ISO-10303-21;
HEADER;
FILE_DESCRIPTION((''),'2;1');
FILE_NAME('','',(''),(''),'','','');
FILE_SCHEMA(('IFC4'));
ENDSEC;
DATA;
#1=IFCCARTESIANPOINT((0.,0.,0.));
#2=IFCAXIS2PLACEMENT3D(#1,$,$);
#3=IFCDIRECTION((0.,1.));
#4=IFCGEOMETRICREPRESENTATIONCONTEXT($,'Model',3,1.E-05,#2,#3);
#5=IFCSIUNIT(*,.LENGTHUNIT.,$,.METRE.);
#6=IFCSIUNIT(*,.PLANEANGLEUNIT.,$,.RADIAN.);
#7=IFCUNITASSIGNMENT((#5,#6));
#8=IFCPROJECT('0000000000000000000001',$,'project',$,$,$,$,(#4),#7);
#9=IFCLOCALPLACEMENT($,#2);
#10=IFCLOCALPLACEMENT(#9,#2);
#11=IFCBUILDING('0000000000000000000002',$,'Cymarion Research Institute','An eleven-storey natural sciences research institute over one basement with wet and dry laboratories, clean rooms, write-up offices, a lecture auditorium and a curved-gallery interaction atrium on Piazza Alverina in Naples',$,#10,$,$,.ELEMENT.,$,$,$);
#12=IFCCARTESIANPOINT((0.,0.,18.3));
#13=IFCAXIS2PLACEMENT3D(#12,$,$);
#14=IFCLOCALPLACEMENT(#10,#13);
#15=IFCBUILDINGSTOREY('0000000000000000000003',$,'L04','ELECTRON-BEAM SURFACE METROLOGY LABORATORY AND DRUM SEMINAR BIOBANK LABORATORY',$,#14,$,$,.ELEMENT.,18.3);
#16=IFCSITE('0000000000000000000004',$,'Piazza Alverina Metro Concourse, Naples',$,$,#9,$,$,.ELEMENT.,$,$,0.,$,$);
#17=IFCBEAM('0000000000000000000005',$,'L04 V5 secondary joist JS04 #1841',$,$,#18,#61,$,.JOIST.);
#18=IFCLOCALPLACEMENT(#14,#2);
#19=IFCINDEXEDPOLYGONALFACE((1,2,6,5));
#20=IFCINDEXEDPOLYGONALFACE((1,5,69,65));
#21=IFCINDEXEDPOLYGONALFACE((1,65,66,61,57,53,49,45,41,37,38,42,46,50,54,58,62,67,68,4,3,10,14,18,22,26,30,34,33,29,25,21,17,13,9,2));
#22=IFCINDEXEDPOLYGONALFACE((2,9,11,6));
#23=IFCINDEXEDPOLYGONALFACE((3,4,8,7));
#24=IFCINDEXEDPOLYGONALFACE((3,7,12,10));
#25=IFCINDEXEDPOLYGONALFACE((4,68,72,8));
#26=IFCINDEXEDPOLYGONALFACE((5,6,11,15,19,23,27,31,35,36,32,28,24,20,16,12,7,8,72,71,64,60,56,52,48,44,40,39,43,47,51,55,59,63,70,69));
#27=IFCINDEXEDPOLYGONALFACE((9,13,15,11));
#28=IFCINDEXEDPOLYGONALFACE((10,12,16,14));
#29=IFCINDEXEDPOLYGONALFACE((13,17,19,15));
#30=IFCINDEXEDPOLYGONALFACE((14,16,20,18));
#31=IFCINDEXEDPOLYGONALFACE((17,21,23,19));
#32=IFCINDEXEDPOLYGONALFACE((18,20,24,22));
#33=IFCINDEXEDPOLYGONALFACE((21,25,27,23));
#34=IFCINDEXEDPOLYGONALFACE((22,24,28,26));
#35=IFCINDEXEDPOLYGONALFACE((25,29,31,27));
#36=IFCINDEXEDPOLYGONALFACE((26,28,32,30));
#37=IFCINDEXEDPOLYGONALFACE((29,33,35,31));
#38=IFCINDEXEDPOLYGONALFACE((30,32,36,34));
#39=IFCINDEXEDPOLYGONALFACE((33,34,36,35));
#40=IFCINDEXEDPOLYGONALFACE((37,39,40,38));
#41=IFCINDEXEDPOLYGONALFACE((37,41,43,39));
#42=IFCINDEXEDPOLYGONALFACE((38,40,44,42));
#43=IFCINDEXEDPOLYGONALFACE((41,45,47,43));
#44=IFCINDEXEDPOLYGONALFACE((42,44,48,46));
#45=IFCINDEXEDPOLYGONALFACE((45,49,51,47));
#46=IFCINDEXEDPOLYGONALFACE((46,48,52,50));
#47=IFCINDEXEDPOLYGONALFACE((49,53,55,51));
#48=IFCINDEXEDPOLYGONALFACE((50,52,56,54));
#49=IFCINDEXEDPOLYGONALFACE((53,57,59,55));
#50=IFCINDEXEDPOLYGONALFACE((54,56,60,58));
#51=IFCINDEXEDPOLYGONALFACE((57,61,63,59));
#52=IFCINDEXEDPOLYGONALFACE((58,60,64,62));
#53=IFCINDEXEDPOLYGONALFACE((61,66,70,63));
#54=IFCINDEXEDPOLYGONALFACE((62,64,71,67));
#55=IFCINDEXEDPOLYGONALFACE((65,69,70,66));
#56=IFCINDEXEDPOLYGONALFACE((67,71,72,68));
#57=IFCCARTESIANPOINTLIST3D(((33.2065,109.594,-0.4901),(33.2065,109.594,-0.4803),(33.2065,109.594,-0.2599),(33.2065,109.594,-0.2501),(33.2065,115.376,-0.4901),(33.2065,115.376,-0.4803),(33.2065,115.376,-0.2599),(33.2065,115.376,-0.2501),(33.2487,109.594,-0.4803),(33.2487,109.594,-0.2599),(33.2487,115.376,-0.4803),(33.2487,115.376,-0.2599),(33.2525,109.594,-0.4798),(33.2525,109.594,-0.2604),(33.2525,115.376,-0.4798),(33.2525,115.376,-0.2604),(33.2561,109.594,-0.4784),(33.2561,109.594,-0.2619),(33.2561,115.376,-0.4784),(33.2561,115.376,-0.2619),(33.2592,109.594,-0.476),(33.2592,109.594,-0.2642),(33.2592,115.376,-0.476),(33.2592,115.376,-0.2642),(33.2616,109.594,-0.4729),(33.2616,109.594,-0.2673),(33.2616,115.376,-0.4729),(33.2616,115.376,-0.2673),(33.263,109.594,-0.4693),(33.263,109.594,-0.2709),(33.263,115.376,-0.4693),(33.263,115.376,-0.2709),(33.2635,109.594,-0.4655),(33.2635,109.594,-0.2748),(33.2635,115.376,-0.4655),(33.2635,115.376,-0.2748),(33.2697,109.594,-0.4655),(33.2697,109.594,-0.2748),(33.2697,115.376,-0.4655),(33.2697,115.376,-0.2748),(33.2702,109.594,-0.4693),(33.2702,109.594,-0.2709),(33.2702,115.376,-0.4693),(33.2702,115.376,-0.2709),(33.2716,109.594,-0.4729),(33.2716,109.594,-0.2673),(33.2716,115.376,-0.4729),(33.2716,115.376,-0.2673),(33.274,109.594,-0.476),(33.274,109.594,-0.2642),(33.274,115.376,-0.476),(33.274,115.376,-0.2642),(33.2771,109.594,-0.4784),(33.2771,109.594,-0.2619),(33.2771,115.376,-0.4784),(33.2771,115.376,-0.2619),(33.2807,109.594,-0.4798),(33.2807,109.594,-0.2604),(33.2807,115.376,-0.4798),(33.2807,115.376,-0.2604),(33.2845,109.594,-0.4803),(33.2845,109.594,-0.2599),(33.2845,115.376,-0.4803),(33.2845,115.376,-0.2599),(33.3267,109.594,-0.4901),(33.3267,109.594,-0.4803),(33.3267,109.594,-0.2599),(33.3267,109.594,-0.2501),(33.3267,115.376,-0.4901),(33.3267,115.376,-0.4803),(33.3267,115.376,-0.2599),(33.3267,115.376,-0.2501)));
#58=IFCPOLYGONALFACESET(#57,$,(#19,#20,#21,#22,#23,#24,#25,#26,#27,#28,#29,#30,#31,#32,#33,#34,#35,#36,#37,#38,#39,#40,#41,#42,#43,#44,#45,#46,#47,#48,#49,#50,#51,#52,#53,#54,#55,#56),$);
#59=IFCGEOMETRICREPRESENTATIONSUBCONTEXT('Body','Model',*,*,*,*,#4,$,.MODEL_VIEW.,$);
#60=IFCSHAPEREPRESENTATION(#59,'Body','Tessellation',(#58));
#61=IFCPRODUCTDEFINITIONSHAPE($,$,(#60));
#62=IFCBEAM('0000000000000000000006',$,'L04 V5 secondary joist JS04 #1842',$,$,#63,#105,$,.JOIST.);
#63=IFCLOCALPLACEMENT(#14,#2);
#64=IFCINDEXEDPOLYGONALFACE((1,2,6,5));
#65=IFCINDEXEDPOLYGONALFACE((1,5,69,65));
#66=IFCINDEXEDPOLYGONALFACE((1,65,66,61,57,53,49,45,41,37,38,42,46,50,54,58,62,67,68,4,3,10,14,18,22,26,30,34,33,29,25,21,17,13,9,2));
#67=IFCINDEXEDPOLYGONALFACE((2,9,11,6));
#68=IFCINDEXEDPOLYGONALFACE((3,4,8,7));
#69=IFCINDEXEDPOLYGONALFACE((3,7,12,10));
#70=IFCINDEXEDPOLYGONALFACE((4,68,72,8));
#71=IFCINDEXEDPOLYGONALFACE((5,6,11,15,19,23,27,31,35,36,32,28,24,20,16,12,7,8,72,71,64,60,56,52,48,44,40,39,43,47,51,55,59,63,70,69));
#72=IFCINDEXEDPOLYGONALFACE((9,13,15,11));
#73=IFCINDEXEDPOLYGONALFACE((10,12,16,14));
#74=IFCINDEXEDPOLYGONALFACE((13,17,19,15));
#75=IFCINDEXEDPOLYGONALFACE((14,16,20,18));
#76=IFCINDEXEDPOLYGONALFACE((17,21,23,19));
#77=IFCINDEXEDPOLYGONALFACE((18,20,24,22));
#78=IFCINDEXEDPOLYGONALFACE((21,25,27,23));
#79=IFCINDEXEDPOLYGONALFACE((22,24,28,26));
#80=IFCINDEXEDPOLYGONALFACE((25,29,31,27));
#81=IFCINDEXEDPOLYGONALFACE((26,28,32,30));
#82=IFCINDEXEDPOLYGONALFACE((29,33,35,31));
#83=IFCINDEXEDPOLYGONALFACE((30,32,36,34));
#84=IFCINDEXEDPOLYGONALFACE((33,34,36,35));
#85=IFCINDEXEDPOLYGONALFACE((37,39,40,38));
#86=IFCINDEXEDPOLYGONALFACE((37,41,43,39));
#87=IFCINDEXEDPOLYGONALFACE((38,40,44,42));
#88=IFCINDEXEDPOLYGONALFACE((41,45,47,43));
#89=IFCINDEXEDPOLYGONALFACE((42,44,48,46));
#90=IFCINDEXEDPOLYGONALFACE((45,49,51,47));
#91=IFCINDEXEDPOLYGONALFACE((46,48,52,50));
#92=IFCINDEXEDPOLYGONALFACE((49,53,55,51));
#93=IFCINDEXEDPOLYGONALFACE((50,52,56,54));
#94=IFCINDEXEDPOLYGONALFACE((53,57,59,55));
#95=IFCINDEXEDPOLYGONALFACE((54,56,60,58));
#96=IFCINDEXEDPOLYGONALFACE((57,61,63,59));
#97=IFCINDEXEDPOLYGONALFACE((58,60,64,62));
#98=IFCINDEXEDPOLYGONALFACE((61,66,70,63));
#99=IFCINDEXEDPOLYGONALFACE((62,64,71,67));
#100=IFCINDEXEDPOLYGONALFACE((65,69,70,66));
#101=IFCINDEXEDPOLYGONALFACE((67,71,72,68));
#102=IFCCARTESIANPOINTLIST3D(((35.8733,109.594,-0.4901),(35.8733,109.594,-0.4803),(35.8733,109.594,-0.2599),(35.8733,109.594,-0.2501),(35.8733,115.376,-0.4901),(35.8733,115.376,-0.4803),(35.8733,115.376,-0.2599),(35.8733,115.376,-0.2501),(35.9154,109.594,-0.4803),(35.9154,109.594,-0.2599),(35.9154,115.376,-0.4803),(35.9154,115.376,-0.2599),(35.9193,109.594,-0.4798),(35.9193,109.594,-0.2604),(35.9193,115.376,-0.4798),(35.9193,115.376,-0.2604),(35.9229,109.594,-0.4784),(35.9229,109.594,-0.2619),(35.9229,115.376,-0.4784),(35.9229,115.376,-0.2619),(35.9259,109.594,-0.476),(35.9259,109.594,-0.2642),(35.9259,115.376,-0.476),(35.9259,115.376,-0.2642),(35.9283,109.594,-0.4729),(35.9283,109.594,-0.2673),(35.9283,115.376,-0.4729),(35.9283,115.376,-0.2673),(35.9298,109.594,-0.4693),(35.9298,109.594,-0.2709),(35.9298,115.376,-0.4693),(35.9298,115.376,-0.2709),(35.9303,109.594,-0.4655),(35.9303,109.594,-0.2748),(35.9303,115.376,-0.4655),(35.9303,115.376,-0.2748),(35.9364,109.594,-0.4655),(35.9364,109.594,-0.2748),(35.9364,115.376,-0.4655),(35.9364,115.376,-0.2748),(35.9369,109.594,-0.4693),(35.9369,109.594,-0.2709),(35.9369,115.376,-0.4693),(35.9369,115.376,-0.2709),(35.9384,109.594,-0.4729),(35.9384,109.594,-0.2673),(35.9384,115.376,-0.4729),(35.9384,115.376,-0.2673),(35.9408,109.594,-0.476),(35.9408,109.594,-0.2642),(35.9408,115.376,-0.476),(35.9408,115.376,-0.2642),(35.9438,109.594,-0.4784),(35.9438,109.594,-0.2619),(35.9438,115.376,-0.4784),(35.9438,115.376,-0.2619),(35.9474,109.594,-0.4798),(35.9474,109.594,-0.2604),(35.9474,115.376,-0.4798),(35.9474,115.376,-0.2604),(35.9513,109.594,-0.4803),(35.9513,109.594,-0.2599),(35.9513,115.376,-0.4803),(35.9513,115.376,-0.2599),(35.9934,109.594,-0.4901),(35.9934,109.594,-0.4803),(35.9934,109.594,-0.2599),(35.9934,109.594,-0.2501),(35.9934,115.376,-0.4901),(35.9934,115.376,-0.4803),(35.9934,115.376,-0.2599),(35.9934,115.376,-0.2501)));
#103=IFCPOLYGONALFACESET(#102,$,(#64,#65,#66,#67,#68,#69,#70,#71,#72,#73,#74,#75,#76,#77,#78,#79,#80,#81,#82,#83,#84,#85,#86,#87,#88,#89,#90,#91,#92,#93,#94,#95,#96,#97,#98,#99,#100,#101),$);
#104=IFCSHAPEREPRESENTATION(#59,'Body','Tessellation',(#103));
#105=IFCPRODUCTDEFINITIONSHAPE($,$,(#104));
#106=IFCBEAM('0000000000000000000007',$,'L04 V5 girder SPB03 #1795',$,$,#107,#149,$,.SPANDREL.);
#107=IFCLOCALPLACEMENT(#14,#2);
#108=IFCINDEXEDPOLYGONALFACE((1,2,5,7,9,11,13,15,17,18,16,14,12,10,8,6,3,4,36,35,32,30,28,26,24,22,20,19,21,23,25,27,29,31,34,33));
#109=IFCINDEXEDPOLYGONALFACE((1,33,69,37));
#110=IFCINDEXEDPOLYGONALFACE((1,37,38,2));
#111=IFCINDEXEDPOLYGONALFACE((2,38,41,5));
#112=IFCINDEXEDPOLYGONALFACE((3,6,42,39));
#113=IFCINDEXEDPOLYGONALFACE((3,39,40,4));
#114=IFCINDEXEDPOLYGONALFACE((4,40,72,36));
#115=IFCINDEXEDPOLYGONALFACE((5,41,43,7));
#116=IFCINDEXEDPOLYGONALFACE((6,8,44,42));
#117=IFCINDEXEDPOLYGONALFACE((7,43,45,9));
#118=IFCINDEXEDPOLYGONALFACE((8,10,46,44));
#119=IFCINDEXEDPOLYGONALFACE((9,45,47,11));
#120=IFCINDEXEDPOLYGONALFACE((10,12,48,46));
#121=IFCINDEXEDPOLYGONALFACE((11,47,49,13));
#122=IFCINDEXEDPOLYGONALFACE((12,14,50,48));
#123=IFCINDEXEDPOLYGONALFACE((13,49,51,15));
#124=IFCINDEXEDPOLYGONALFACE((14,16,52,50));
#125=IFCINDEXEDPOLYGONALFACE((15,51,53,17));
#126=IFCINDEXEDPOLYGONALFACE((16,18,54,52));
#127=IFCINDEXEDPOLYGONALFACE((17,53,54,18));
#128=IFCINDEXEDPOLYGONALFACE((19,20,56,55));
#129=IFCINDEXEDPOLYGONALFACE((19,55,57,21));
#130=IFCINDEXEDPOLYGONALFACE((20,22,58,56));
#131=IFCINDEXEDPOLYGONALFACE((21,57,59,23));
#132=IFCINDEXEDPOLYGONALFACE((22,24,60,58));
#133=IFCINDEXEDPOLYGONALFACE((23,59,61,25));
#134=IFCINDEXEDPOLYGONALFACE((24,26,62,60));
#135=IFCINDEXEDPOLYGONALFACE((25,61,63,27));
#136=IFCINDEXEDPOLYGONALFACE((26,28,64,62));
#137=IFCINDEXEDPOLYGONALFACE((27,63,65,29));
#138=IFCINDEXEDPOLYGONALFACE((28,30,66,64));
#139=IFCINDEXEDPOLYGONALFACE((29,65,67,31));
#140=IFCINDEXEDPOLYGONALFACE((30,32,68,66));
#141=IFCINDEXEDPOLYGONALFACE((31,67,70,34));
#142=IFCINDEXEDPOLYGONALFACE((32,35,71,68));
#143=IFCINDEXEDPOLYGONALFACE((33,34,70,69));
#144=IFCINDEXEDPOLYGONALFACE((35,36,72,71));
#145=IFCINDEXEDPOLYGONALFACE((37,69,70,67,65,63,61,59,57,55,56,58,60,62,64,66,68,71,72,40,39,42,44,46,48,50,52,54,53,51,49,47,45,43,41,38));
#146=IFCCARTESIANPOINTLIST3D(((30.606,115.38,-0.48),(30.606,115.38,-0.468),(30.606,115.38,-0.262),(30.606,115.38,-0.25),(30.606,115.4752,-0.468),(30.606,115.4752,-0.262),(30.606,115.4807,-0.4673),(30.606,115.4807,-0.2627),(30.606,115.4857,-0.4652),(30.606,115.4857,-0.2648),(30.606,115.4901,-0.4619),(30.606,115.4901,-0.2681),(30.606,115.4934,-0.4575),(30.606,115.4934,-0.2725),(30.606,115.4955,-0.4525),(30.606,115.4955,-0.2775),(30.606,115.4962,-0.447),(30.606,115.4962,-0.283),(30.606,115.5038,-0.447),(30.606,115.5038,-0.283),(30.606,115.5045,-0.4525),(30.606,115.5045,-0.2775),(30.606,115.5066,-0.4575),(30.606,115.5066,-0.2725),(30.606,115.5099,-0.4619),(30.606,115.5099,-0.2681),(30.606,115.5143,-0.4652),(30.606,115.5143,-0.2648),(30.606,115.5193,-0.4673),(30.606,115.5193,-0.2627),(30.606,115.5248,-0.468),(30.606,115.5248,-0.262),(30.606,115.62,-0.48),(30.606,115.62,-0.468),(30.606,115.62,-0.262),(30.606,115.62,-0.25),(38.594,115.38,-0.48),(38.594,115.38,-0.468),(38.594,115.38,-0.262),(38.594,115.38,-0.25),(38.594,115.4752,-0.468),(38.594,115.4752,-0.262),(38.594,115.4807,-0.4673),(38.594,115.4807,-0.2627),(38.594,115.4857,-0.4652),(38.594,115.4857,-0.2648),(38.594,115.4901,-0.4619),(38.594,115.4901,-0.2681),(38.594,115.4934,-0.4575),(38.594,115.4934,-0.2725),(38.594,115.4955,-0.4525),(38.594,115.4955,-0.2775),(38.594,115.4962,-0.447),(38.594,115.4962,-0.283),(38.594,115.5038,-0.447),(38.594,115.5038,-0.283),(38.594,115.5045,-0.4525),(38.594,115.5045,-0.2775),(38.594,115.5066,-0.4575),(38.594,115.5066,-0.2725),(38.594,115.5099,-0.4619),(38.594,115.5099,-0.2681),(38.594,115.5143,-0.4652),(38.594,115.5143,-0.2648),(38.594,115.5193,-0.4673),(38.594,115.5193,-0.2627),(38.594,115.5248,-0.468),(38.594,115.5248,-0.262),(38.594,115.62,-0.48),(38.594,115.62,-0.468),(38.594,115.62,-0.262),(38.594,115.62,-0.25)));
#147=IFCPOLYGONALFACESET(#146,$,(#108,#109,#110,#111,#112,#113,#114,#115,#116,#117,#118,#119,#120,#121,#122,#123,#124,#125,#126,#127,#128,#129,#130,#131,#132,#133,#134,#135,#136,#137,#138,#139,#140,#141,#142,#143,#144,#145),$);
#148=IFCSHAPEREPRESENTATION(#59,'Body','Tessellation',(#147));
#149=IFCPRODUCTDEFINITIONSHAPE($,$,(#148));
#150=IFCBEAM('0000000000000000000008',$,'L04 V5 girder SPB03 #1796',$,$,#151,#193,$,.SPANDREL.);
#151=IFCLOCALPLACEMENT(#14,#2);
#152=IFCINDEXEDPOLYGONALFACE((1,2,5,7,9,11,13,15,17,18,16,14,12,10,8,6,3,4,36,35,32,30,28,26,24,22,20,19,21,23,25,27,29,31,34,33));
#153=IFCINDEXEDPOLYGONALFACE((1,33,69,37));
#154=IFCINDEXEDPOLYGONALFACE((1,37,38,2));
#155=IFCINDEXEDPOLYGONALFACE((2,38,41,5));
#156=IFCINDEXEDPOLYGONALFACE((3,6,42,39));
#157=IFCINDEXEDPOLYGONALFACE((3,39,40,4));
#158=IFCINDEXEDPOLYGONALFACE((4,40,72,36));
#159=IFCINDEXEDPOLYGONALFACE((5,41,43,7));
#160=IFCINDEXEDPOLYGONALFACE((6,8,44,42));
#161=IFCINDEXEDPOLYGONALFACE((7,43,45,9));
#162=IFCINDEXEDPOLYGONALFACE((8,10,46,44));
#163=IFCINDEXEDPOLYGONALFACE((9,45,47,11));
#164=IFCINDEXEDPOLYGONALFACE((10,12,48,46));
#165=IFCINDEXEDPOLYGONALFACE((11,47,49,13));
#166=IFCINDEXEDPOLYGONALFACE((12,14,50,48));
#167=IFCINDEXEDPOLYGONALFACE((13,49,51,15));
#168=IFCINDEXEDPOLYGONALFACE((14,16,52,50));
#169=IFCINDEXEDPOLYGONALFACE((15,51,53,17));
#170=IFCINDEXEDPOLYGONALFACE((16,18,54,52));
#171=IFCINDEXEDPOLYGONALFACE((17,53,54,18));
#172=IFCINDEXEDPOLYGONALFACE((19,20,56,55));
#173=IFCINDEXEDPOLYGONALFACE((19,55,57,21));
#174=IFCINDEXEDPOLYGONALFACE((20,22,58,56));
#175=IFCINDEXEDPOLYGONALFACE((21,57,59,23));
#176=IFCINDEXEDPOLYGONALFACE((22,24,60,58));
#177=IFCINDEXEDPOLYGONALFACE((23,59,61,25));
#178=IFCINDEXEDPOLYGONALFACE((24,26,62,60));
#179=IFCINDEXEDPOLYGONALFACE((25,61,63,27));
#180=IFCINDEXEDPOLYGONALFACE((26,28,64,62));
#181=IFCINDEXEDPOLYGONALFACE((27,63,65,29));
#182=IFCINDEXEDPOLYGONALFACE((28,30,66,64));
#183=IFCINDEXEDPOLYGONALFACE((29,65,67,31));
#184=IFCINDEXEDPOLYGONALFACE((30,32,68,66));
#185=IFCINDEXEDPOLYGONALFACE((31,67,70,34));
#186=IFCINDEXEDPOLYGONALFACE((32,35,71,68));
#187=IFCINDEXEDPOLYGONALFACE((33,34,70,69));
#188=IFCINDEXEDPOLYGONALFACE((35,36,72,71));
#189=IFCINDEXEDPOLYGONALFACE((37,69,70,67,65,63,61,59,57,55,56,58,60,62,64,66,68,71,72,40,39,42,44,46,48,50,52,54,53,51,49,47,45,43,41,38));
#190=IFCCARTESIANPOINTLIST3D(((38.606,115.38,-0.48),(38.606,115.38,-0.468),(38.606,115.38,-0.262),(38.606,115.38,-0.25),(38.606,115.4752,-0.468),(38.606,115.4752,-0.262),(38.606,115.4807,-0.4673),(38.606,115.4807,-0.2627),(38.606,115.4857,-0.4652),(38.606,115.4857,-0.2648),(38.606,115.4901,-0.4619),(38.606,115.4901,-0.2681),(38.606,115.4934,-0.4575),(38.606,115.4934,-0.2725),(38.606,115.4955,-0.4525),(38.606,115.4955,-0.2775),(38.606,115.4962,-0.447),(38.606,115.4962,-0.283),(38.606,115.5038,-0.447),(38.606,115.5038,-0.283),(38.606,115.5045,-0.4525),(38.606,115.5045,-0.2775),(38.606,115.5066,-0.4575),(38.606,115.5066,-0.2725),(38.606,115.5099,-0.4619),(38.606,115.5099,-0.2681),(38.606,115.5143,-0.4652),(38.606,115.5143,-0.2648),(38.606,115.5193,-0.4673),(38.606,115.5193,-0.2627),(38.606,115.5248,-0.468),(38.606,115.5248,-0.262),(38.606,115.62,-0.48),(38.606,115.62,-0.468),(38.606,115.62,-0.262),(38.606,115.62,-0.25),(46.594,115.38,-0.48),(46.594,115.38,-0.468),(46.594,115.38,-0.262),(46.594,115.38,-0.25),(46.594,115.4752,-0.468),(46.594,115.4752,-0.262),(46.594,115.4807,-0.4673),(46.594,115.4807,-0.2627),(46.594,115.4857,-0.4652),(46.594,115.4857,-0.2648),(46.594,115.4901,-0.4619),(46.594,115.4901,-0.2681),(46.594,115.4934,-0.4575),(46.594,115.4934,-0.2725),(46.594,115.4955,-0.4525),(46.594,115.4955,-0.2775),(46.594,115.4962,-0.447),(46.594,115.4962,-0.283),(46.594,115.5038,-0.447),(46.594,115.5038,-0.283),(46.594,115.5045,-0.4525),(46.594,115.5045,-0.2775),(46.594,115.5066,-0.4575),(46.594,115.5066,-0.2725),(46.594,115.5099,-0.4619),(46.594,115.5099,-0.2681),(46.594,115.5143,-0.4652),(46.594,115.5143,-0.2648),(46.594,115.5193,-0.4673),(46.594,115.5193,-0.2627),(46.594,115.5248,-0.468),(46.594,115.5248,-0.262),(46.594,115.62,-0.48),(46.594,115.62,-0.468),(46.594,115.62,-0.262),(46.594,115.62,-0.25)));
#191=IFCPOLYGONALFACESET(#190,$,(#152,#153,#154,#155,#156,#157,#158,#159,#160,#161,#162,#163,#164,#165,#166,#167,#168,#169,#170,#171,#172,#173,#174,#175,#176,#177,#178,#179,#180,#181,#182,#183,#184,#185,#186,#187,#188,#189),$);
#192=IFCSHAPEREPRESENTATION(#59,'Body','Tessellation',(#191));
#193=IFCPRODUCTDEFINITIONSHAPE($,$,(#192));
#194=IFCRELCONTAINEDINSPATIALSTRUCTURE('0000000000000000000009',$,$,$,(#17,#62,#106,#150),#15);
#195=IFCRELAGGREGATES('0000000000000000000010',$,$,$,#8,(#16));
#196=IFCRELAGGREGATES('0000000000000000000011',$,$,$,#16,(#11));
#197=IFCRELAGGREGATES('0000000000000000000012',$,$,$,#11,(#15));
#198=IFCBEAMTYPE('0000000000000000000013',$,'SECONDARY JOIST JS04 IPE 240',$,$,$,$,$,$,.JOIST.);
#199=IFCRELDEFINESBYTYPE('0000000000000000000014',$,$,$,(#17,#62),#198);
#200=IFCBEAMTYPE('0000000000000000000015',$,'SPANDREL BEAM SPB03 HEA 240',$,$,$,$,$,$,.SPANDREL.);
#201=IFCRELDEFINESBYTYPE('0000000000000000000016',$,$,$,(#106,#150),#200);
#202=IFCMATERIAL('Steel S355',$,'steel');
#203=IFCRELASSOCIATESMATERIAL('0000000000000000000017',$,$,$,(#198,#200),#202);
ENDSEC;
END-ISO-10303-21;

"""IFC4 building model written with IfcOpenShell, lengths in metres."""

from ifc_helpers import new_model, si_unit, direction, frame, origin, origin_2d, place, context, subcontext, project, spatial, i_section, extrude, material, material_profile, profile_set, type_object, element, save


model = new_model("IFC4")

# Units and contexts
model_context = context("Model", 3, precision=1e-05, world=origin(), true_north=direction((0.0, 1.0)))
body_context = subcontext(model_context, "Body", "Model", "MODEL_VIEW")
ifc_project = project(units=[si_unit("LENGTHUNIT", "METRE"), si_unit("PLANEANGLEUNIT", "RADIAN")], contexts=[model_context])

# Site, building, storey
site_placement = place(None, origin())
site = spatial("IfcSite", under=ifc_project, at=site_placement, Name="Piazza Alverina Metro Concourse, Naples", CompositionType="ELEMENT", RefElevation=0.0)
building_placement = place(site_placement, origin())
building = spatial("IfcBuilding", under=site, at=building_placement, Name="Cymarion Research Institute", Description="An eleven-storey natural sciences research institute over one basement with wet and dry laboratories, clean rooms, write-up offices, a lecture auditorium and a curved-gallery interaction atrium on Piazza Alverina in Naples", CompositionType="ELEMENT")
storey_placement = place(building_placement, frame((0.0, 0.0, 18.3)))
storey = spatial("IfcBuildingStorey", under=building, at=storey_placement, Name="L04", Description="ELECTRON-BEAM SURFACE METROLOGY LABORATORY AND DRUM SEMINAR BIOBANK LABORATORY", CompositionType="ELEMENT", Elevation=18.3)

# Shared definitions
ifc_material_1 = material(Name="Steel S355", Category="steel")

# Beams
ifc_material_profile_1 = material_profile(ifc_material_1, i_section(OverallWidth=0.1201, OverallDepth=0.24, WebThickness=0.0061, FlangeThickness=0.0098, FilletRadius=0.0149, at=origin_2d()), Name="IPE 240")
ifc_profile_set_1 = profile_set([ifc_material_profile_1], Name="Steel S355")
beam_type_1 = type_object("IfcBeamType", Name="SECONDARY JOIST JS04 IPE 240", PredefinedType="JOIST", material=ifc_profile_set_1)
for number, where, z_axis, x_axis, name in (
    (1, (33.2666, 109.594, -0.3701), (0.0, 1.0, 0.0), (-1.0, 0.0, 0.0), "L04 V5 secondary joist JS04 #1841"),
    (2, (35.9333, 109.594, -0.3701), (0.0, 1.0, 0.0), (-1.0, 0.0, 0.0), "L04 V5 secondary joist JS04 #1842"),
):
    element("IfcBeam", number, at=place(storey_placement, frame(where, z_axis=z_axis, x_axis=x_axis)), inside=storey, type_object=beam_type_1, Name=name, PredefinedType="JOIST", context=body_context, shape_type="SweptSolid", body=[
        extrude(i_section(OverallWidth=0.1201, OverallDepth=0.24, WebThickness=0.0061, FlangeThickness=0.0098, FilletRadius=0.0149, at=origin_2d()), origin(), (0.0, 0.0, 1.0), 5.782),
    ])
ifc_material_profile_2 = material_profile(ifc_material_1, i_section(OverallWidth=0.24, OverallDepth=0.23, WebThickness=0.0076, FlangeThickness=0.012, FilletRadius=0.021, at=origin_2d()), Name="HEA 240")
ifc_profile_set_2 = profile_set([ifc_material_profile_2], Name="Steel S355")
beam_type_2 = type_object("IfcBeamType", Name="SPANDREL BEAM SPB03 HEA 240", PredefinedType="SPANDREL", material=ifc_profile_set_2)
for number, where, z_axis, x_axis, name in (
    (3, (30.606, 115.5, -0.365), (1.0, 0.0, 0.0), (0.0, 1.0, 0.0), "L04 V5 girder SPB03 #1795"),
    (4, (38.606, 115.5, -0.365), (1.0, 0.0, 0.0), (0.0, 1.0, 0.0), "L04 V5 girder SPB03 #1796"),
):
    element("IfcBeam", number, at=place(storey_placement, frame(where, z_axis=z_axis, x_axis=x_axis)), inside=storey, type_object=beam_type_2, Name=name, PredefinedType="SPANDREL", context=body_context, shape_type="SweptSolid", body=[
        extrude(i_section(OverallWidth=0.24, OverallDepth=0.23, WebThickness=0.0076, FlangeThickness=0.012, FilletRadius=0.021, at=origin_2d()), origin(), (0.0, 0.0, 1.0), 7.988),
    ])

save(model, "model.ifc")
